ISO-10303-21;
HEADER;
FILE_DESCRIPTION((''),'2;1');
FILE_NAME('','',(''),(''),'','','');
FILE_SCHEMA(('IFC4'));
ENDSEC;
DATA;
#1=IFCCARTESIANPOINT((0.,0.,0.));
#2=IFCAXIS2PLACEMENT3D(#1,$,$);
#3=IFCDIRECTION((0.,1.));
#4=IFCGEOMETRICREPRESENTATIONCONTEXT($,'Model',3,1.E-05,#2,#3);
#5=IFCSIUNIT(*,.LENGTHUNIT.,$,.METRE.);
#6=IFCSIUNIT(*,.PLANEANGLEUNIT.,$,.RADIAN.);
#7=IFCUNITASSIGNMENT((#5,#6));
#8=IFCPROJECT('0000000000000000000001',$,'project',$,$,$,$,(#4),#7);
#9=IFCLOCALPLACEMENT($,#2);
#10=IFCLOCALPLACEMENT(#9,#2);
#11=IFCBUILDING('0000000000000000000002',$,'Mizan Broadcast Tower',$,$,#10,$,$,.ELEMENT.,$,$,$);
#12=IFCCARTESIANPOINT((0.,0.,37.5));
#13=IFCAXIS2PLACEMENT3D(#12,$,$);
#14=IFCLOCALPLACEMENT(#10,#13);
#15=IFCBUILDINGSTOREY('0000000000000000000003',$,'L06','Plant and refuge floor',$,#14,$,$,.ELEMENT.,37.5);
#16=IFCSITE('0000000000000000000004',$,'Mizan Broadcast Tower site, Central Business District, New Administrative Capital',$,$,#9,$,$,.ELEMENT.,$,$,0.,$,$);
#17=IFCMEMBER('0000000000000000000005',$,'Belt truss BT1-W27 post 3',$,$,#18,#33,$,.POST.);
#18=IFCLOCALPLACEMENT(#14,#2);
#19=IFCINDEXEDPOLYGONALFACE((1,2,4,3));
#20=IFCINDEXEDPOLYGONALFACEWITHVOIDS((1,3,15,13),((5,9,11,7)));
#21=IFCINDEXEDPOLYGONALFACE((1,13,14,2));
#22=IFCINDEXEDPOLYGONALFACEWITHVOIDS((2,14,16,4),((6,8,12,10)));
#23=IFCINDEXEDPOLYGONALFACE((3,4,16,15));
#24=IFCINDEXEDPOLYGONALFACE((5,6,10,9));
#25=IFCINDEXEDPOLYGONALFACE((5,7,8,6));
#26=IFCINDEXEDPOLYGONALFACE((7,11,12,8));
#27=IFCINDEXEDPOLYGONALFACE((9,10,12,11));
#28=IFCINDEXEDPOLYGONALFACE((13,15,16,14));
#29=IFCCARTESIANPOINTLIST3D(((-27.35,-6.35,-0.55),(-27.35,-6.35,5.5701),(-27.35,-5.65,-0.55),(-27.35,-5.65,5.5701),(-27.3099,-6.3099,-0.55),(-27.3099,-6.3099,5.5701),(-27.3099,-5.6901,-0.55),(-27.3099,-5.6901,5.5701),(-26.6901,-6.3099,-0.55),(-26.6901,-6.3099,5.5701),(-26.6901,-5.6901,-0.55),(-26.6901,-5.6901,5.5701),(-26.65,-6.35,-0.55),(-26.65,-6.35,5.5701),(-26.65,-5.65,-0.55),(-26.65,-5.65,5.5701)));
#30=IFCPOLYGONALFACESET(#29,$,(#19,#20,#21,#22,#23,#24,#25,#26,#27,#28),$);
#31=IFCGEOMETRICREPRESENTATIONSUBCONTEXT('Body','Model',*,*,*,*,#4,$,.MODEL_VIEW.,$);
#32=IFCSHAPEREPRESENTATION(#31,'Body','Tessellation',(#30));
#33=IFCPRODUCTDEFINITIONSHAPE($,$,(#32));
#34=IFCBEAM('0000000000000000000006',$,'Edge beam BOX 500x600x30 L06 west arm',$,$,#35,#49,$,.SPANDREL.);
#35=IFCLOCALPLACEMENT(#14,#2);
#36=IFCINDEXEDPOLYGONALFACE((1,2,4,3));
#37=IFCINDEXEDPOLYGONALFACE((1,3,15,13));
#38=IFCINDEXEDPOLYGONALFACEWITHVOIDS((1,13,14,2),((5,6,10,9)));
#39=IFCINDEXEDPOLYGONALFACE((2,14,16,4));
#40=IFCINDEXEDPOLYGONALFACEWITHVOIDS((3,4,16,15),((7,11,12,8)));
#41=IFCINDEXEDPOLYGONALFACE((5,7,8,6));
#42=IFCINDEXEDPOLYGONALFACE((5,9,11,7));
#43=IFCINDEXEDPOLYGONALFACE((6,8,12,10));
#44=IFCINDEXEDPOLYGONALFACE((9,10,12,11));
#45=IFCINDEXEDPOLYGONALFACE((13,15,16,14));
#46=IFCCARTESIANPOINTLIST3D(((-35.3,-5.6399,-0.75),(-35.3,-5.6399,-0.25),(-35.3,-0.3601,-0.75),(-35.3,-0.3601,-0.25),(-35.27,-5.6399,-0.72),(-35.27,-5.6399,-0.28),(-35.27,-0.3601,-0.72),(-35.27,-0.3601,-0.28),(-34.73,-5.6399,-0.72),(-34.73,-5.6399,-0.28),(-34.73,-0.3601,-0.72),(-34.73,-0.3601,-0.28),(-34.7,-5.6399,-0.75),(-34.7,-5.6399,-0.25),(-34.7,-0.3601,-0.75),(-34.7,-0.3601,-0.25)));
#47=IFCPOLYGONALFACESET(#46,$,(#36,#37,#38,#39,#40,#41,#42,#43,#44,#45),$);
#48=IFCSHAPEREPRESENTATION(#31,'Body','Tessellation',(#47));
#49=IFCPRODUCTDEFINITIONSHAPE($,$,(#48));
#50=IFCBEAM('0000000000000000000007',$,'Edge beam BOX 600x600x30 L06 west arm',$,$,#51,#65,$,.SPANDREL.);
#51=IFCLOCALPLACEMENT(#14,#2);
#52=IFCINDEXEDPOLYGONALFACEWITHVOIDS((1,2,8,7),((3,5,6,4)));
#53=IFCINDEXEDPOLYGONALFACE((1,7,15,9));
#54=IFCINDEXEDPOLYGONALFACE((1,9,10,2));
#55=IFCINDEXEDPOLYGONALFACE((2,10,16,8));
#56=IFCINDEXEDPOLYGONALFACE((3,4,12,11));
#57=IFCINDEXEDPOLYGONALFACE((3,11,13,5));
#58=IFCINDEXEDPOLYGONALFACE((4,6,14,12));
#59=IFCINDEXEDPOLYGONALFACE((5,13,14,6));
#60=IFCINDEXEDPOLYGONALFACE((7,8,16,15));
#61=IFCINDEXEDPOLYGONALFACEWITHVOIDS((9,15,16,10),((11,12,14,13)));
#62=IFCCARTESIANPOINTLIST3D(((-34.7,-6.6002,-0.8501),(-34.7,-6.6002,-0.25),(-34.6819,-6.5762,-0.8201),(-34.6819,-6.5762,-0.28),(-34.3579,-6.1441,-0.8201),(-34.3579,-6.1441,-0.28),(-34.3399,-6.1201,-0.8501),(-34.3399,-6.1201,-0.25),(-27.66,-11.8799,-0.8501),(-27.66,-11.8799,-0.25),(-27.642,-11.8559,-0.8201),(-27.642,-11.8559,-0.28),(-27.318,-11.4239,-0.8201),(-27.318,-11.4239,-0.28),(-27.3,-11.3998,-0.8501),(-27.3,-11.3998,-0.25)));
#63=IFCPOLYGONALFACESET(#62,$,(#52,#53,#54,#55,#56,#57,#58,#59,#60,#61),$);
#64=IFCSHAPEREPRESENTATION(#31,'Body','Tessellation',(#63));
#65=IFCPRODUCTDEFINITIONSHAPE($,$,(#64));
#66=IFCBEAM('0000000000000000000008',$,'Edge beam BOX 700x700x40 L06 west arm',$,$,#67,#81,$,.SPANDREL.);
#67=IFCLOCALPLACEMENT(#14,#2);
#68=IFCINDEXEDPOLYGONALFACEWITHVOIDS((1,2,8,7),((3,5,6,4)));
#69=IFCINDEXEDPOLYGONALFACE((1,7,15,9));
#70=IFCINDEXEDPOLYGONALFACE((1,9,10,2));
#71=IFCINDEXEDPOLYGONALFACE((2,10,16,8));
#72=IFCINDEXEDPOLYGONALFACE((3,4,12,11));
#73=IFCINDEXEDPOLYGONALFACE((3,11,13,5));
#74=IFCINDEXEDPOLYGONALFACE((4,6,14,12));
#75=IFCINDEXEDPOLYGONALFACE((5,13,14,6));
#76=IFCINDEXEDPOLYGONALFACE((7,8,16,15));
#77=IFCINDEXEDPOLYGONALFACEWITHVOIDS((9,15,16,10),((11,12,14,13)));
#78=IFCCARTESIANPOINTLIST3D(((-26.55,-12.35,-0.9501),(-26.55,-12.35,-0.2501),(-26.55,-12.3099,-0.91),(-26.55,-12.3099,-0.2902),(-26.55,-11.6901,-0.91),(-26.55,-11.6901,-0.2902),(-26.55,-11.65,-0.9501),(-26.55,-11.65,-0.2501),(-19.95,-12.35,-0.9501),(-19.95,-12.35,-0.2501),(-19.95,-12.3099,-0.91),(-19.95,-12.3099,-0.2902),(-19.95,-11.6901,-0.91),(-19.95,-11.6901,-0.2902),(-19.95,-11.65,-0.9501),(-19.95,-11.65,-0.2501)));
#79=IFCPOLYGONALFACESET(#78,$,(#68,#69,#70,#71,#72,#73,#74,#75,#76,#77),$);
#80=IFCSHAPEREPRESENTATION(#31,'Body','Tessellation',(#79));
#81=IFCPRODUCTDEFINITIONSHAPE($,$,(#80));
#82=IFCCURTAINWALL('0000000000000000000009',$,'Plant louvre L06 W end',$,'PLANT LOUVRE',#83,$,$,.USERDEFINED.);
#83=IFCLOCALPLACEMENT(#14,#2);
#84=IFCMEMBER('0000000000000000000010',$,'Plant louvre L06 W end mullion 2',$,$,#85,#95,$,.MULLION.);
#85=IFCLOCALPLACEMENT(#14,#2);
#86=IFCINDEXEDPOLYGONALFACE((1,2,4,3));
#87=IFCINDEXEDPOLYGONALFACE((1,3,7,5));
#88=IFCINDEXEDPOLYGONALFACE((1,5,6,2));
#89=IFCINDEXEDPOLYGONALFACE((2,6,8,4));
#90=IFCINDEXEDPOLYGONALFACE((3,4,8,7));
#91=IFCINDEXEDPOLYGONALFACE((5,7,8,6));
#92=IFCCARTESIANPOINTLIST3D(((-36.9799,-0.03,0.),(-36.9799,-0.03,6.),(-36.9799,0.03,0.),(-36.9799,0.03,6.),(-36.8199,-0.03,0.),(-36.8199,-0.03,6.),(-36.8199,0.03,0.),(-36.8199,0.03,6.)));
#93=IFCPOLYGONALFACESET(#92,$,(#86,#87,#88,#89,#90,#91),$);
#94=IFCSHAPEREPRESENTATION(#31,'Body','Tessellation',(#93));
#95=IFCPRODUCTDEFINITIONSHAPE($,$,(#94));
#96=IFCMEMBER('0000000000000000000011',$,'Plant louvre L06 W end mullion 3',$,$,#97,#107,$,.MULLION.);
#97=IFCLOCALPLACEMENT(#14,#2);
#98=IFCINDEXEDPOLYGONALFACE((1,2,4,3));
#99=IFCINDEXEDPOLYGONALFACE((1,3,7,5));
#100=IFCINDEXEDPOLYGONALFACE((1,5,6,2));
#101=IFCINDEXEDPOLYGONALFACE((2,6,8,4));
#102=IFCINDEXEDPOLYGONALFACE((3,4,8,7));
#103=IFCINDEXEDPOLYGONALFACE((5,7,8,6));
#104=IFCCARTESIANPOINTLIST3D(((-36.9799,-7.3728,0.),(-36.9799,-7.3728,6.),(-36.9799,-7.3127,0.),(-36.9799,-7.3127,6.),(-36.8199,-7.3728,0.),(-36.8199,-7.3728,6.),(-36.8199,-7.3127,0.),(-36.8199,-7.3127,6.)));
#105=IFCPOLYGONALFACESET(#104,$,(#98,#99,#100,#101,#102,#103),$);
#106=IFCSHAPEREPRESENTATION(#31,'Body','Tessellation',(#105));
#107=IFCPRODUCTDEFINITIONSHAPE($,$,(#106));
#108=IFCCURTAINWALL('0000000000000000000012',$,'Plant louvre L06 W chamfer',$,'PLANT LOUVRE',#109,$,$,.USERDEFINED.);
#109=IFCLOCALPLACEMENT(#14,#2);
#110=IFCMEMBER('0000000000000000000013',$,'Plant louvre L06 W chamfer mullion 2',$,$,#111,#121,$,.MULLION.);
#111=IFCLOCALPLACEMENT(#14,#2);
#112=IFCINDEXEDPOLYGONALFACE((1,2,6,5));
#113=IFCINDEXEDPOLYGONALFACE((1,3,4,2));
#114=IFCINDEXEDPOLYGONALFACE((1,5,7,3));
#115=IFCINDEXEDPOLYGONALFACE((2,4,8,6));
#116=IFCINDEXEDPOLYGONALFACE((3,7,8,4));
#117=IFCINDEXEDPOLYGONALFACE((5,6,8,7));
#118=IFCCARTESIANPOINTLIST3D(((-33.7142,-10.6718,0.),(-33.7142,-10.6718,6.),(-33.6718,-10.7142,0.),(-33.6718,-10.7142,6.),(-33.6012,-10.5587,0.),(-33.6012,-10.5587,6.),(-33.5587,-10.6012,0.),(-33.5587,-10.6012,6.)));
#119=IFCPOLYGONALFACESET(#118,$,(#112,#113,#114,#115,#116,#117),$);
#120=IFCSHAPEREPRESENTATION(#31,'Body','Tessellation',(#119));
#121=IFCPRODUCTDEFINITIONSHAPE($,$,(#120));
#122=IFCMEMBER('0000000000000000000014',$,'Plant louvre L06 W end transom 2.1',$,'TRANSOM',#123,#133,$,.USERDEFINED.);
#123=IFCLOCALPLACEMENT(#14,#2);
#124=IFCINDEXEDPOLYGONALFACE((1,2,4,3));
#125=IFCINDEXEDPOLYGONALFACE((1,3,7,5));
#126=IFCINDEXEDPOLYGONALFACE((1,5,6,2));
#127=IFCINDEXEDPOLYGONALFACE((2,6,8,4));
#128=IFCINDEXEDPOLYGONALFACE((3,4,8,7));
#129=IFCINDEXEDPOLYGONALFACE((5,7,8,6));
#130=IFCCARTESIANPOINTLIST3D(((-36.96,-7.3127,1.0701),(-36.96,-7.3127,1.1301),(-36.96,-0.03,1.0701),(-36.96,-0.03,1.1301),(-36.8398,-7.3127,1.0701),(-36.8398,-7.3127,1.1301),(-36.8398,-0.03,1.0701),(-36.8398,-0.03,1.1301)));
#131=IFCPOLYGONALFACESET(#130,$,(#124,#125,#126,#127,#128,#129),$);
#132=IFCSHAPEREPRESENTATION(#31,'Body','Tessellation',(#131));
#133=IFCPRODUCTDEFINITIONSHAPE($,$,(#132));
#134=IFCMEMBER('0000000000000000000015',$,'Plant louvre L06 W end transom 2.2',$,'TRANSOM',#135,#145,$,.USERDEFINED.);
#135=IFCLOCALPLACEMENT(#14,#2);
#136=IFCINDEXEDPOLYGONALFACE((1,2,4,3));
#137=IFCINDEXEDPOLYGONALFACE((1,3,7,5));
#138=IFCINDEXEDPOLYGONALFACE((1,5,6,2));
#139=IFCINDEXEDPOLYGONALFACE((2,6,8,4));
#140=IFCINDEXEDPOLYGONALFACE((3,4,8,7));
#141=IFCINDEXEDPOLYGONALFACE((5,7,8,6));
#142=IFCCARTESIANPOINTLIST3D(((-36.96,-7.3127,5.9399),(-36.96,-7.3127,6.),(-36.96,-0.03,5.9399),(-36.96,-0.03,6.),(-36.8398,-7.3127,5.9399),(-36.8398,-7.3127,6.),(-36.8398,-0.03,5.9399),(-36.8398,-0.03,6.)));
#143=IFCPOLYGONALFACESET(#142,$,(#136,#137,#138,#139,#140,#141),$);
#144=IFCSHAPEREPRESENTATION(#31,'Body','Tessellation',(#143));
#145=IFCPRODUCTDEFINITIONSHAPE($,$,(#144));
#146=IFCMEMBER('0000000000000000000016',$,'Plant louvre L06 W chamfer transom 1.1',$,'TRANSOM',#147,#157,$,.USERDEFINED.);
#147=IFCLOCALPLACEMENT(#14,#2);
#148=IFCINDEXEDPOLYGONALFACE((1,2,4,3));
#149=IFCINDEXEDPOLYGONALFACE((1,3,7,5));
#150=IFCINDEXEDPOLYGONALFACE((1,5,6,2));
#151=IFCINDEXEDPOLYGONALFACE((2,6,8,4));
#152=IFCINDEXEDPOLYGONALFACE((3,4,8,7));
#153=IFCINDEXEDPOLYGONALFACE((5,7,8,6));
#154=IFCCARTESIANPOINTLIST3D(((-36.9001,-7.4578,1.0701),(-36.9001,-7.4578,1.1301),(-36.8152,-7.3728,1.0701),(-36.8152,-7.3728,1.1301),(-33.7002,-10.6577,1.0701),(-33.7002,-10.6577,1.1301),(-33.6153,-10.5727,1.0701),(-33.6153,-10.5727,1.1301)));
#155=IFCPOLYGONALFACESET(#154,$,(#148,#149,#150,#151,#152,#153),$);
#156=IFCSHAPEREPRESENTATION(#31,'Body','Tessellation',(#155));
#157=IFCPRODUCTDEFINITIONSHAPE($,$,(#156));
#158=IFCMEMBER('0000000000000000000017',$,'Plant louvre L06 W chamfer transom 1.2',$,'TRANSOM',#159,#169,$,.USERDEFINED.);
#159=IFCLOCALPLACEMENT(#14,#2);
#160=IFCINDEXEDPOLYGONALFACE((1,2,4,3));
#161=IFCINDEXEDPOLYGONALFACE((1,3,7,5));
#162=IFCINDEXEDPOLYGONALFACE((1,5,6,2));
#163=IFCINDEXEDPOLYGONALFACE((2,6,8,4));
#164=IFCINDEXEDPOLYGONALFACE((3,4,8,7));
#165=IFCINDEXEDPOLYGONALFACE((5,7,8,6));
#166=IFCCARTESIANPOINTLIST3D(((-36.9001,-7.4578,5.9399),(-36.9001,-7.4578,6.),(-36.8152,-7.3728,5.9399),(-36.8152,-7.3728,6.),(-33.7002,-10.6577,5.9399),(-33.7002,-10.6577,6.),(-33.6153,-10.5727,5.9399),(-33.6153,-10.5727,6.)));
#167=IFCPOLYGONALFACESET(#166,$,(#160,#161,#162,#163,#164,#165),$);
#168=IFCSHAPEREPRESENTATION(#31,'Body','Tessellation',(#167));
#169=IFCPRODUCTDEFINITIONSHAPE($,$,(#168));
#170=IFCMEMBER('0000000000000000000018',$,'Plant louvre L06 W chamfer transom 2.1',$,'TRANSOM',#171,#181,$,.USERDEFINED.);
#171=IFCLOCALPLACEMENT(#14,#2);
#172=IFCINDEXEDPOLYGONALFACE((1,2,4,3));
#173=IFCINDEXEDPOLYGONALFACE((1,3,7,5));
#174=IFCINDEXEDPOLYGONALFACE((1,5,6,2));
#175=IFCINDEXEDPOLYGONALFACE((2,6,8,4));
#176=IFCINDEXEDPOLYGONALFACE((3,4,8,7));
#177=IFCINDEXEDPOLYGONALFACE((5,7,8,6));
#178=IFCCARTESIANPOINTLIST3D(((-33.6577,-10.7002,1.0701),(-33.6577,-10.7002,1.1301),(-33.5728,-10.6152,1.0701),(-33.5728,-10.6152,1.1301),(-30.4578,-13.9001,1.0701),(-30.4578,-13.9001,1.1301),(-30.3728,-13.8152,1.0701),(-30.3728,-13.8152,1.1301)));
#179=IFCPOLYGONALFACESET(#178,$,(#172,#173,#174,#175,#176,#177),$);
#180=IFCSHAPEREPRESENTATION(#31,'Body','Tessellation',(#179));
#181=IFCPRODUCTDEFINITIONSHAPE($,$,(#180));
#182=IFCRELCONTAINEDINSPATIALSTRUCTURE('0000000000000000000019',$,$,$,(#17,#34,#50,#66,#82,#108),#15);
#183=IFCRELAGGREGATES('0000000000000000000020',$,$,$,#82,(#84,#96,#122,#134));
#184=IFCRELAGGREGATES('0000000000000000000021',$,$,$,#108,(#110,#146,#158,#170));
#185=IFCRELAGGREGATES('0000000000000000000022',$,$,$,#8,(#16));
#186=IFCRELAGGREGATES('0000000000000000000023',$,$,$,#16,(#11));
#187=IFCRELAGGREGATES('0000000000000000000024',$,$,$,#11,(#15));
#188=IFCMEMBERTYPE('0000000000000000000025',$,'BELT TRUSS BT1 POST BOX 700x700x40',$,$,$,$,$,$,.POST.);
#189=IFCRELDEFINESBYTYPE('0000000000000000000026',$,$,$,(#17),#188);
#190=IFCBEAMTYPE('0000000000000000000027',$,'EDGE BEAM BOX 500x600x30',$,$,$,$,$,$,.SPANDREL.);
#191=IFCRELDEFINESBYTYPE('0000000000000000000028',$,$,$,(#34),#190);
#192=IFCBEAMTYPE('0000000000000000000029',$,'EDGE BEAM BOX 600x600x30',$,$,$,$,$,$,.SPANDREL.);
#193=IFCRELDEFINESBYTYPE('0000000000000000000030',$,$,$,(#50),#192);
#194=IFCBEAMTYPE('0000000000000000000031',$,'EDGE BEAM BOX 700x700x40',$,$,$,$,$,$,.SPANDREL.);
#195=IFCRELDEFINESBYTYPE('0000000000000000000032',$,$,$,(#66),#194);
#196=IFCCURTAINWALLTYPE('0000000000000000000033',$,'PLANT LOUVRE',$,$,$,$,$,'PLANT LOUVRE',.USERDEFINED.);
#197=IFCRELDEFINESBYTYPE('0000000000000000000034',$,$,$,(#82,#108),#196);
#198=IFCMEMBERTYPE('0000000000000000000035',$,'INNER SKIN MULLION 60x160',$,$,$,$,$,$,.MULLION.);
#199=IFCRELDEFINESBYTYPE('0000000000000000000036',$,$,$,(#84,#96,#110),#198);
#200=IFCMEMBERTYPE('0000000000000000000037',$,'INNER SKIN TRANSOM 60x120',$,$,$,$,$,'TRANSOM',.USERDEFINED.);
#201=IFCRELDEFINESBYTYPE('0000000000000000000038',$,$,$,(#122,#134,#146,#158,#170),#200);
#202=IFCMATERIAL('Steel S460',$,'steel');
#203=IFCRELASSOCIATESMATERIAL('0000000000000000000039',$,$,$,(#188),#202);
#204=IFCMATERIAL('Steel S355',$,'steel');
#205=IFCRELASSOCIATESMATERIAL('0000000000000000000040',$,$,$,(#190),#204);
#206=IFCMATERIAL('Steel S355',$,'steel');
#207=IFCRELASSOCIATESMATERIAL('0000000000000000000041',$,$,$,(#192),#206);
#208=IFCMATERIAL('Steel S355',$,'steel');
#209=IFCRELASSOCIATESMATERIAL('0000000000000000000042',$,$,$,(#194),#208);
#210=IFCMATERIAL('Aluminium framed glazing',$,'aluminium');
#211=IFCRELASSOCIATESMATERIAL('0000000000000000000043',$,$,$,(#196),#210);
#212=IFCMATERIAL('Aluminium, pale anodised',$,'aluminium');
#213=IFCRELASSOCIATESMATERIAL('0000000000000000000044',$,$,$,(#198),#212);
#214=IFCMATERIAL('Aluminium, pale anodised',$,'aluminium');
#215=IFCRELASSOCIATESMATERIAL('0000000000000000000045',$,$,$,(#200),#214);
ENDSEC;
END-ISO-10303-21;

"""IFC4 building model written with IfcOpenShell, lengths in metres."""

from ifc_helpers import new_model, si_unit, direction, frame, origin, origin_2d, place, context, subcontext, project, spatial, rectangle, hollow_rectangle, extrude, material, material_profile, profile_set, type_object, element, aggregate, save


model = new_model("IFC4")

# Units and contexts
model_context = context("Model", 3, precision=1e-05, world=origin(), true_north=direction((0.0, 1.0)))
body_context = subcontext(model_context, "Body", "Model", "MODEL_VIEW")
ifc_project = project(units=[si_unit("LENGTHUNIT", "METRE"), si_unit("PLANEANGLEUNIT", "RADIAN")], contexts=[model_context])

# Site, building, storey
site_placement = place(None, origin())
site = spatial("IfcSite", under=ifc_project, at=site_placement, Name="Mizan Broadcast Tower site, Central Business District, New Administrative Capital", CompositionType="ELEMENT", RefElevation=0.0)
building_placement = place(site_placement, origin())
building = spatial("IfcBuilding", under=site, at=building_placement, Name="Mizan Broadcast Tower", CompositionType="ELEMENT")
storey_placement = place(building_placement, frame((0.0, 0.0, 37.5)))
storey = spatial("IfcBuildingStorey", under=building, at=storey_placement, Name="L06", Description="Plant and refuge floor", CompositionType="ELEMENT", Elevation=37.5)

# Member
ifc_material_1 = material(Name="Steel S460", Category="steel")
ifc_material_profile_1 = material_profile(ifc_material_1, hollow_rectangle(XDim=0.7, YDim=0.7, WallThickness=0.04, at=origin_2d()), Name="BOX 700x700x40")
ifc_profile_set_1 = profile_set([ifc_material_profile_1], Name="Steel S460")
member_type_1 = type_object("IfcMemberType", Name="BELT TRUSS BT1 POST BOX 700x700x40", PredefinedType="POST", material=ifc_profile_set_1)
for number, where, z_axis, x_axis, name in (
    (1, (-27.0, -6.0, -0.55), (0.0, 0.0, 1.0), (1.0, 0.0, 0.0), "Belt truss BT1-W27 post 3"),
):
    element("IfcMember", number, at=place(storey_placement, frame(where, z_axis=z_axis, x_axis=x_axis)), inside=storey, type_object=member_type_1, Name=name, PredefinedType="POST", context=body_context, shape_type="SweptSolid", body=[
        extrude(hollow_rectangle(XDim=0.7, YDim=0.7, WallThickness=0.04, at=origin_2d()), origin(), (0.0, 0.0, 1.0), 6.1201),
    ])

# Beams
ifc_material_2 = material(Name="Steel S355", Category="steel")
ifc_material_profile_2 = material_profile(ifc_material_2, hollow_rectangle(XDim=0.6001, YDim=0.5, WallThickness=0.03, at=origin_2d()), Name="BOX 500x600x30")
ifc_profile_set_2 = profile_set([ifc_material_profile_2], Name="Steel S355")
beam_type_1 = type_object("IfcBeamType", Name="EDGE BEAM BOX 500x600x30", PredefinedType="SPANDREL", material=ifc_profile_set_2)
beam_1_placement = place(storey_placement, frame((-35.0, -5.6399, -0.5), z_axis=(0.0, 1.0, 0.0), x_axis=(-1.0, 0.0, 0.0)))
element("IfcBeam", 2, at=beam_1_placement, inside=storey, type_object=beam_type_1, Name="Edge beam BOX 500x600x30 L06 west arm", PredefinedType="SPANDREL", context=body_context, shape_type="SweptSolid", body=[
    extrude(hollow_rectangle(XDim=0.6001, YDim=0.5, WallThickness=0.03, at=origin_2d()), origin(), (0.0, 0.0, 1.0), 5.2798),
])
ifc_material_3 = material(Name="Steel S355", Category="steel")
ifc_material_profile_3 = material_profile(ifc_material_3, hollow_rectangle(XDim=0.6001, YDim=0.6001, WallThickness=0.03, at=origin_2d()), Name="BOX 600x600x30")
ifc_profile_set_3 = profile_set([ifc_material_profile_3], Name="Steel S355")
beam_type_2 = type_object("IfcBeamType", Name="EDGE BEAM BOX 600x600x30", PredefinedType="SPANDREL", material=ifc_profile_set_3)
beam_2_placement = place(storey_placement, frame((-27.48, -11.6399, -0.55), z_axis=(-0.800013, 0.599982, 0.0), x_axis=(-0.599982, -0.800013, 0.0)))
element("IfcBeam", 3, at=beam_2_placement, inside=storey, type_object=beam_type_2, Name="Edge beam BOX 600x600x30 L06 west arm", PredefinedType="SPANDREL", context=body_context, shape_type="SweptSolid", body=[
    extrude(hollow_rectangle(XDim=0.6001, YDim=0.6001, WallThickness=0.03, at=origin_2d()), origin(), (0.0, 0.0, 1.0), 8.7998),
])
ifc_material_4 = material(Name="Steel S355", Category="steel")
ifc_material_profile_4 = material_profile(ifc_material_4, hollow_rectangle(XDim=0.7, YDim=0.7, WallThickness=0.04, at=origin_2d()), Name="BOX 700x700x40")
ifc_profile_set_4 = profile_set([ifc_material_profile_4], Name="Steel S355")
beam_type_3 = type_object("IfcBeamType", Name="EDGE BEAM BOX 700x700x40", PredefinedType="SPANDREL", material=ifc_profile_set_4)
beam_3_placement = place(storey_placement, frame((-19.95, -12.0, -0.6001), z_axis=(-1.0, 0.0, 0.0), x_axis=(0.0, -1.0, 0.0)))
element("IfcBeam", 4, at=beam_3_placement, inside=storey, type_object=beam_type_3, Name="Edge beam BOX 700x700x40 L06 west arm", PredefinedType="SPANDREL", context=body_context, shape_type="SweptSolid", body=[
    extrude(hollow_rectangle(XDim=0.7, YDim=0.7, WallThickness=0.04, at=origin_2d()), origin(), (0.0, 0.0, 1.0), 6.6001),
])

# Curtain wall, members
ifc_material_5 = material(Name="Aluminium framed glazing", Category="aluminium")
curtain_wall_type = type_object("IfcCurtainWallType", Name="PLANT LOUVRE", ElementType="PLANT LOUVRE", PredefinedType="USERDEFINED", material=ifc_material_5)
curtain_wall_1_placement = place(storey_placement, origin())
curtain_wall_1 = element("IfcCurtainWall", 5, at=curtain_wall_1_placement, inside=storey, type_object=curtain_wall_type, Name="Plant louvre L06 W end", ObjectType="PLANT LOUVRE", PredefinedType="USERDEFINED")
ifc_material_6 = material(Name="Aluminium, pale anodised", Category="aluminium")
ifc_material_profile_5 = material_profile(ifc_material_6, rectangle(XDim=0.1599, YDim=0.0601, at=origin_2d()), Name="MULLION 160x60")
ifc_profile_set_5 = profile_set([ifc_material_profile_5], Name="Aluminium, pale anodised")
member_type_2 = type_object("IfcMemberType", Name="INNER SKIN MULLION 60x160", PredefinedType="MULLION", material=ifc_profile_set_5)
member_1_placement = place(storey_placement, frame((-36.8999, 0.0, 0.0), z_axis=(0.0, 0.0, 1.0), x_axis=(1.0, 0.0, 0.0)))
member_1 = element("IfcMember", 6, at=member_1_placement, type_object=member_type_2, Name="Plant louvre L06 W end mullion 2", PredefinedType="MULLION", context=body_context, shape_type="SweptSolid", body=[
    extrude(rectangle(XDim=0.1599, YDim=0.0601, at=origin_2d()), origin(), (0.0, 0.0, 1.0), 6.0),
])
member_2_placement = place(storey_placement, frame((-36.8999, -7.3428, 0.0), z_axis=(0.0, 0.0, 1.0), x_axis=(1.0, 0.0, 0.0)))
member_2 = element("IfcMember", 7, at=member_2_placement, type_object=member_type_2, Name="Plant louvre L06 W end mullion 3", PredefinedType="MULLION", context=body_context, shape_type="SweptSolid", body=[
    extrude(rectangle(XDim=0.1599, YDim=0.0601, at=origin_2d()), origin(), (0.0, 0.0, 1.0), 6.0),
])

# Curtain wall, member
curtain_wall_2_placement = place(storey_placement, origin())
curtain_wall_2 = element("IfcCurtainWall", 8, at=curtain_wall_2_placement, inside=storey, type_object=curtain_wall_type, Name="Plant louvre L06 W chamfer", ObjectType="PLANT LOUVRE", PredefinedType="USERDEFINED")
member_3_placement = place(storey_placement, frame((-33.6365, -10.6365, 0.0), z_axis=(0.0, 0.0, 1.0), x_axis=(0.707107, 0.707107, 0.0)))
member_3 = element("IfcMember", 9, at=member_3_placement, type_object=member_type_2, Name="Plant louvre L06 W chamfer mullion 2", PredefinedType="MULLION", context=body_context, shape_type="SweptSolid", body=[
    extrude(rectangle(XDim=0.1599, YDim=0.0601, at=origin_2d()), origin(), (0.0, 0.0, 1.0), 6.0),
])

# Members
ifc_material_7 = material(Name="Aluminium, pale anodised", Category="aluminium")
ifc_material_profile_6 = material_profile(ifc_material_7, rectangle(XDim=0.1201, YDim=0.0601, at=origin_2d()), Name="TRANSOM 120x60")
ifc_profile_set_6 = profile_set([ifc_material_profile_6], Name="Aluminium, pale anodised")
member_type_3 = type_object("IfcMemberType", Name="INNER SKIN TRANSOM 60x120", ElementType="TRANSOM", PredefinedType="USERDEFINED", material=ifc_profile_set_6)
member_4_placement = place(storey_placement, frame((-36.8999, -0.03, 1.1001), z_axis=(0.0, -1.0, 0.0), x_axis=(1.0, 0.0, 0.0)))
member_4 = element("IfcMember", 10, at=member_4_placement, type_object=member_type_3, Name="Plant louvre L06 W end transom 2.1", ObjectType="TRANSOM", PredefinedType="USERDEFINED", context=body_context, shape_type="SweptSolid", body=[
    extrude(rectangle(XDim=0.1201, YDim=0.0601, at=origin_2d()), origin(), (0.0, 0.0, 1.0), 7.2827),
])
member_5_placement = place(storey_placement, frame((-36.8999, -0.03, 5.97), z_axis=(0.0, -1.0, 0.0), x_axis=(1.0, 0.0, 0.0)))
member_5 = element("IfcMember", 11, at=member_5_placement, type_object=member_type_3, Name="Plant louvre L06 W end transom 2.2", ObjectType="TRANSOM", PredefinedType="USERDEFINED", context=body_context, shape_type="SweptSolid", body=[
    extrude(rectangle(XDim=0.1201, YDim=0.0601, at=origin_2d()), origin(), (0.0, 0.0, 1.0), 7.2827),
])
member_6_placement = place(storey_placement, frame((-36.8577, -7.4153, 1.1001), z_axis=(0.707107, -0.707107, 0.0), x_axis=(0.707107, 0.707107, 0.0)))
member_6 = element("IfcMember", 12, at=member_6_placement, type_object=member_type_3, Name="Plant louvre L06 W chamfer transom 1.1", ObjectType="TRANSOM", PredefinedType="USERDEFINED", context=body_context, shape_type="SweptSolid", body=[
    extrude(rectangle(XDim=0.1201, YDim=0.0601, at=origin_2d()), origin(), (0.0, 0.0, 1.0), 4.5254),
])
member_7_placement = place(storey_placement, frame((-36.8577, -7.4153, 5.97), z_axis=(0.707107, -0.707107, 0.0), x_axis=(0.707107, 0.707107, 0.0)))
member_7 = element("IfcMember", 13, at=member_7_placement, type_object=member_type_3, Name="Plant louvre L06 W chamfer transom 1.2", ObjectType="TRANSOM", PredefinedType="USERDEFINED", context=body_context, shape_type="SweptSolid", body=[
    extrude(rectangle(XDim=0.1201, YDim=0.0601, at=origin_2d()), origin(), (0.0, 0.0, 1.0), 4.5254),
])
member_8_placement = place(storey_placement, frame((-33.6152, -10.6577, 1.1001), z_axis=(0.707107, -0.707107, 0.0), x_axis=(0.707107, 0.707107, 0.0)))
member_8 = element("IfcMember", 14, at=member_8_placement, type_object=member_type_3, Name="Plant louvre L06 W chamfer transom 2.1", ObjectType="TRANSOM", PredefinedType="USERDEFINED", context=body_context, shape_type="SweptSolid", body=[
    extrude(rectangle(XDim=0.1201, YDim=0.0601, at=origin_2d()), origin(), (0.0, 0.0, 1.0), 4.5254),
])

aggregate(curtain_wall_1, [member_1, member_2, member_4, member_5])
aggregate(curtain_wall_2, [member_3, member_6, member_7, member_8])

save(model, "model.ifc")
